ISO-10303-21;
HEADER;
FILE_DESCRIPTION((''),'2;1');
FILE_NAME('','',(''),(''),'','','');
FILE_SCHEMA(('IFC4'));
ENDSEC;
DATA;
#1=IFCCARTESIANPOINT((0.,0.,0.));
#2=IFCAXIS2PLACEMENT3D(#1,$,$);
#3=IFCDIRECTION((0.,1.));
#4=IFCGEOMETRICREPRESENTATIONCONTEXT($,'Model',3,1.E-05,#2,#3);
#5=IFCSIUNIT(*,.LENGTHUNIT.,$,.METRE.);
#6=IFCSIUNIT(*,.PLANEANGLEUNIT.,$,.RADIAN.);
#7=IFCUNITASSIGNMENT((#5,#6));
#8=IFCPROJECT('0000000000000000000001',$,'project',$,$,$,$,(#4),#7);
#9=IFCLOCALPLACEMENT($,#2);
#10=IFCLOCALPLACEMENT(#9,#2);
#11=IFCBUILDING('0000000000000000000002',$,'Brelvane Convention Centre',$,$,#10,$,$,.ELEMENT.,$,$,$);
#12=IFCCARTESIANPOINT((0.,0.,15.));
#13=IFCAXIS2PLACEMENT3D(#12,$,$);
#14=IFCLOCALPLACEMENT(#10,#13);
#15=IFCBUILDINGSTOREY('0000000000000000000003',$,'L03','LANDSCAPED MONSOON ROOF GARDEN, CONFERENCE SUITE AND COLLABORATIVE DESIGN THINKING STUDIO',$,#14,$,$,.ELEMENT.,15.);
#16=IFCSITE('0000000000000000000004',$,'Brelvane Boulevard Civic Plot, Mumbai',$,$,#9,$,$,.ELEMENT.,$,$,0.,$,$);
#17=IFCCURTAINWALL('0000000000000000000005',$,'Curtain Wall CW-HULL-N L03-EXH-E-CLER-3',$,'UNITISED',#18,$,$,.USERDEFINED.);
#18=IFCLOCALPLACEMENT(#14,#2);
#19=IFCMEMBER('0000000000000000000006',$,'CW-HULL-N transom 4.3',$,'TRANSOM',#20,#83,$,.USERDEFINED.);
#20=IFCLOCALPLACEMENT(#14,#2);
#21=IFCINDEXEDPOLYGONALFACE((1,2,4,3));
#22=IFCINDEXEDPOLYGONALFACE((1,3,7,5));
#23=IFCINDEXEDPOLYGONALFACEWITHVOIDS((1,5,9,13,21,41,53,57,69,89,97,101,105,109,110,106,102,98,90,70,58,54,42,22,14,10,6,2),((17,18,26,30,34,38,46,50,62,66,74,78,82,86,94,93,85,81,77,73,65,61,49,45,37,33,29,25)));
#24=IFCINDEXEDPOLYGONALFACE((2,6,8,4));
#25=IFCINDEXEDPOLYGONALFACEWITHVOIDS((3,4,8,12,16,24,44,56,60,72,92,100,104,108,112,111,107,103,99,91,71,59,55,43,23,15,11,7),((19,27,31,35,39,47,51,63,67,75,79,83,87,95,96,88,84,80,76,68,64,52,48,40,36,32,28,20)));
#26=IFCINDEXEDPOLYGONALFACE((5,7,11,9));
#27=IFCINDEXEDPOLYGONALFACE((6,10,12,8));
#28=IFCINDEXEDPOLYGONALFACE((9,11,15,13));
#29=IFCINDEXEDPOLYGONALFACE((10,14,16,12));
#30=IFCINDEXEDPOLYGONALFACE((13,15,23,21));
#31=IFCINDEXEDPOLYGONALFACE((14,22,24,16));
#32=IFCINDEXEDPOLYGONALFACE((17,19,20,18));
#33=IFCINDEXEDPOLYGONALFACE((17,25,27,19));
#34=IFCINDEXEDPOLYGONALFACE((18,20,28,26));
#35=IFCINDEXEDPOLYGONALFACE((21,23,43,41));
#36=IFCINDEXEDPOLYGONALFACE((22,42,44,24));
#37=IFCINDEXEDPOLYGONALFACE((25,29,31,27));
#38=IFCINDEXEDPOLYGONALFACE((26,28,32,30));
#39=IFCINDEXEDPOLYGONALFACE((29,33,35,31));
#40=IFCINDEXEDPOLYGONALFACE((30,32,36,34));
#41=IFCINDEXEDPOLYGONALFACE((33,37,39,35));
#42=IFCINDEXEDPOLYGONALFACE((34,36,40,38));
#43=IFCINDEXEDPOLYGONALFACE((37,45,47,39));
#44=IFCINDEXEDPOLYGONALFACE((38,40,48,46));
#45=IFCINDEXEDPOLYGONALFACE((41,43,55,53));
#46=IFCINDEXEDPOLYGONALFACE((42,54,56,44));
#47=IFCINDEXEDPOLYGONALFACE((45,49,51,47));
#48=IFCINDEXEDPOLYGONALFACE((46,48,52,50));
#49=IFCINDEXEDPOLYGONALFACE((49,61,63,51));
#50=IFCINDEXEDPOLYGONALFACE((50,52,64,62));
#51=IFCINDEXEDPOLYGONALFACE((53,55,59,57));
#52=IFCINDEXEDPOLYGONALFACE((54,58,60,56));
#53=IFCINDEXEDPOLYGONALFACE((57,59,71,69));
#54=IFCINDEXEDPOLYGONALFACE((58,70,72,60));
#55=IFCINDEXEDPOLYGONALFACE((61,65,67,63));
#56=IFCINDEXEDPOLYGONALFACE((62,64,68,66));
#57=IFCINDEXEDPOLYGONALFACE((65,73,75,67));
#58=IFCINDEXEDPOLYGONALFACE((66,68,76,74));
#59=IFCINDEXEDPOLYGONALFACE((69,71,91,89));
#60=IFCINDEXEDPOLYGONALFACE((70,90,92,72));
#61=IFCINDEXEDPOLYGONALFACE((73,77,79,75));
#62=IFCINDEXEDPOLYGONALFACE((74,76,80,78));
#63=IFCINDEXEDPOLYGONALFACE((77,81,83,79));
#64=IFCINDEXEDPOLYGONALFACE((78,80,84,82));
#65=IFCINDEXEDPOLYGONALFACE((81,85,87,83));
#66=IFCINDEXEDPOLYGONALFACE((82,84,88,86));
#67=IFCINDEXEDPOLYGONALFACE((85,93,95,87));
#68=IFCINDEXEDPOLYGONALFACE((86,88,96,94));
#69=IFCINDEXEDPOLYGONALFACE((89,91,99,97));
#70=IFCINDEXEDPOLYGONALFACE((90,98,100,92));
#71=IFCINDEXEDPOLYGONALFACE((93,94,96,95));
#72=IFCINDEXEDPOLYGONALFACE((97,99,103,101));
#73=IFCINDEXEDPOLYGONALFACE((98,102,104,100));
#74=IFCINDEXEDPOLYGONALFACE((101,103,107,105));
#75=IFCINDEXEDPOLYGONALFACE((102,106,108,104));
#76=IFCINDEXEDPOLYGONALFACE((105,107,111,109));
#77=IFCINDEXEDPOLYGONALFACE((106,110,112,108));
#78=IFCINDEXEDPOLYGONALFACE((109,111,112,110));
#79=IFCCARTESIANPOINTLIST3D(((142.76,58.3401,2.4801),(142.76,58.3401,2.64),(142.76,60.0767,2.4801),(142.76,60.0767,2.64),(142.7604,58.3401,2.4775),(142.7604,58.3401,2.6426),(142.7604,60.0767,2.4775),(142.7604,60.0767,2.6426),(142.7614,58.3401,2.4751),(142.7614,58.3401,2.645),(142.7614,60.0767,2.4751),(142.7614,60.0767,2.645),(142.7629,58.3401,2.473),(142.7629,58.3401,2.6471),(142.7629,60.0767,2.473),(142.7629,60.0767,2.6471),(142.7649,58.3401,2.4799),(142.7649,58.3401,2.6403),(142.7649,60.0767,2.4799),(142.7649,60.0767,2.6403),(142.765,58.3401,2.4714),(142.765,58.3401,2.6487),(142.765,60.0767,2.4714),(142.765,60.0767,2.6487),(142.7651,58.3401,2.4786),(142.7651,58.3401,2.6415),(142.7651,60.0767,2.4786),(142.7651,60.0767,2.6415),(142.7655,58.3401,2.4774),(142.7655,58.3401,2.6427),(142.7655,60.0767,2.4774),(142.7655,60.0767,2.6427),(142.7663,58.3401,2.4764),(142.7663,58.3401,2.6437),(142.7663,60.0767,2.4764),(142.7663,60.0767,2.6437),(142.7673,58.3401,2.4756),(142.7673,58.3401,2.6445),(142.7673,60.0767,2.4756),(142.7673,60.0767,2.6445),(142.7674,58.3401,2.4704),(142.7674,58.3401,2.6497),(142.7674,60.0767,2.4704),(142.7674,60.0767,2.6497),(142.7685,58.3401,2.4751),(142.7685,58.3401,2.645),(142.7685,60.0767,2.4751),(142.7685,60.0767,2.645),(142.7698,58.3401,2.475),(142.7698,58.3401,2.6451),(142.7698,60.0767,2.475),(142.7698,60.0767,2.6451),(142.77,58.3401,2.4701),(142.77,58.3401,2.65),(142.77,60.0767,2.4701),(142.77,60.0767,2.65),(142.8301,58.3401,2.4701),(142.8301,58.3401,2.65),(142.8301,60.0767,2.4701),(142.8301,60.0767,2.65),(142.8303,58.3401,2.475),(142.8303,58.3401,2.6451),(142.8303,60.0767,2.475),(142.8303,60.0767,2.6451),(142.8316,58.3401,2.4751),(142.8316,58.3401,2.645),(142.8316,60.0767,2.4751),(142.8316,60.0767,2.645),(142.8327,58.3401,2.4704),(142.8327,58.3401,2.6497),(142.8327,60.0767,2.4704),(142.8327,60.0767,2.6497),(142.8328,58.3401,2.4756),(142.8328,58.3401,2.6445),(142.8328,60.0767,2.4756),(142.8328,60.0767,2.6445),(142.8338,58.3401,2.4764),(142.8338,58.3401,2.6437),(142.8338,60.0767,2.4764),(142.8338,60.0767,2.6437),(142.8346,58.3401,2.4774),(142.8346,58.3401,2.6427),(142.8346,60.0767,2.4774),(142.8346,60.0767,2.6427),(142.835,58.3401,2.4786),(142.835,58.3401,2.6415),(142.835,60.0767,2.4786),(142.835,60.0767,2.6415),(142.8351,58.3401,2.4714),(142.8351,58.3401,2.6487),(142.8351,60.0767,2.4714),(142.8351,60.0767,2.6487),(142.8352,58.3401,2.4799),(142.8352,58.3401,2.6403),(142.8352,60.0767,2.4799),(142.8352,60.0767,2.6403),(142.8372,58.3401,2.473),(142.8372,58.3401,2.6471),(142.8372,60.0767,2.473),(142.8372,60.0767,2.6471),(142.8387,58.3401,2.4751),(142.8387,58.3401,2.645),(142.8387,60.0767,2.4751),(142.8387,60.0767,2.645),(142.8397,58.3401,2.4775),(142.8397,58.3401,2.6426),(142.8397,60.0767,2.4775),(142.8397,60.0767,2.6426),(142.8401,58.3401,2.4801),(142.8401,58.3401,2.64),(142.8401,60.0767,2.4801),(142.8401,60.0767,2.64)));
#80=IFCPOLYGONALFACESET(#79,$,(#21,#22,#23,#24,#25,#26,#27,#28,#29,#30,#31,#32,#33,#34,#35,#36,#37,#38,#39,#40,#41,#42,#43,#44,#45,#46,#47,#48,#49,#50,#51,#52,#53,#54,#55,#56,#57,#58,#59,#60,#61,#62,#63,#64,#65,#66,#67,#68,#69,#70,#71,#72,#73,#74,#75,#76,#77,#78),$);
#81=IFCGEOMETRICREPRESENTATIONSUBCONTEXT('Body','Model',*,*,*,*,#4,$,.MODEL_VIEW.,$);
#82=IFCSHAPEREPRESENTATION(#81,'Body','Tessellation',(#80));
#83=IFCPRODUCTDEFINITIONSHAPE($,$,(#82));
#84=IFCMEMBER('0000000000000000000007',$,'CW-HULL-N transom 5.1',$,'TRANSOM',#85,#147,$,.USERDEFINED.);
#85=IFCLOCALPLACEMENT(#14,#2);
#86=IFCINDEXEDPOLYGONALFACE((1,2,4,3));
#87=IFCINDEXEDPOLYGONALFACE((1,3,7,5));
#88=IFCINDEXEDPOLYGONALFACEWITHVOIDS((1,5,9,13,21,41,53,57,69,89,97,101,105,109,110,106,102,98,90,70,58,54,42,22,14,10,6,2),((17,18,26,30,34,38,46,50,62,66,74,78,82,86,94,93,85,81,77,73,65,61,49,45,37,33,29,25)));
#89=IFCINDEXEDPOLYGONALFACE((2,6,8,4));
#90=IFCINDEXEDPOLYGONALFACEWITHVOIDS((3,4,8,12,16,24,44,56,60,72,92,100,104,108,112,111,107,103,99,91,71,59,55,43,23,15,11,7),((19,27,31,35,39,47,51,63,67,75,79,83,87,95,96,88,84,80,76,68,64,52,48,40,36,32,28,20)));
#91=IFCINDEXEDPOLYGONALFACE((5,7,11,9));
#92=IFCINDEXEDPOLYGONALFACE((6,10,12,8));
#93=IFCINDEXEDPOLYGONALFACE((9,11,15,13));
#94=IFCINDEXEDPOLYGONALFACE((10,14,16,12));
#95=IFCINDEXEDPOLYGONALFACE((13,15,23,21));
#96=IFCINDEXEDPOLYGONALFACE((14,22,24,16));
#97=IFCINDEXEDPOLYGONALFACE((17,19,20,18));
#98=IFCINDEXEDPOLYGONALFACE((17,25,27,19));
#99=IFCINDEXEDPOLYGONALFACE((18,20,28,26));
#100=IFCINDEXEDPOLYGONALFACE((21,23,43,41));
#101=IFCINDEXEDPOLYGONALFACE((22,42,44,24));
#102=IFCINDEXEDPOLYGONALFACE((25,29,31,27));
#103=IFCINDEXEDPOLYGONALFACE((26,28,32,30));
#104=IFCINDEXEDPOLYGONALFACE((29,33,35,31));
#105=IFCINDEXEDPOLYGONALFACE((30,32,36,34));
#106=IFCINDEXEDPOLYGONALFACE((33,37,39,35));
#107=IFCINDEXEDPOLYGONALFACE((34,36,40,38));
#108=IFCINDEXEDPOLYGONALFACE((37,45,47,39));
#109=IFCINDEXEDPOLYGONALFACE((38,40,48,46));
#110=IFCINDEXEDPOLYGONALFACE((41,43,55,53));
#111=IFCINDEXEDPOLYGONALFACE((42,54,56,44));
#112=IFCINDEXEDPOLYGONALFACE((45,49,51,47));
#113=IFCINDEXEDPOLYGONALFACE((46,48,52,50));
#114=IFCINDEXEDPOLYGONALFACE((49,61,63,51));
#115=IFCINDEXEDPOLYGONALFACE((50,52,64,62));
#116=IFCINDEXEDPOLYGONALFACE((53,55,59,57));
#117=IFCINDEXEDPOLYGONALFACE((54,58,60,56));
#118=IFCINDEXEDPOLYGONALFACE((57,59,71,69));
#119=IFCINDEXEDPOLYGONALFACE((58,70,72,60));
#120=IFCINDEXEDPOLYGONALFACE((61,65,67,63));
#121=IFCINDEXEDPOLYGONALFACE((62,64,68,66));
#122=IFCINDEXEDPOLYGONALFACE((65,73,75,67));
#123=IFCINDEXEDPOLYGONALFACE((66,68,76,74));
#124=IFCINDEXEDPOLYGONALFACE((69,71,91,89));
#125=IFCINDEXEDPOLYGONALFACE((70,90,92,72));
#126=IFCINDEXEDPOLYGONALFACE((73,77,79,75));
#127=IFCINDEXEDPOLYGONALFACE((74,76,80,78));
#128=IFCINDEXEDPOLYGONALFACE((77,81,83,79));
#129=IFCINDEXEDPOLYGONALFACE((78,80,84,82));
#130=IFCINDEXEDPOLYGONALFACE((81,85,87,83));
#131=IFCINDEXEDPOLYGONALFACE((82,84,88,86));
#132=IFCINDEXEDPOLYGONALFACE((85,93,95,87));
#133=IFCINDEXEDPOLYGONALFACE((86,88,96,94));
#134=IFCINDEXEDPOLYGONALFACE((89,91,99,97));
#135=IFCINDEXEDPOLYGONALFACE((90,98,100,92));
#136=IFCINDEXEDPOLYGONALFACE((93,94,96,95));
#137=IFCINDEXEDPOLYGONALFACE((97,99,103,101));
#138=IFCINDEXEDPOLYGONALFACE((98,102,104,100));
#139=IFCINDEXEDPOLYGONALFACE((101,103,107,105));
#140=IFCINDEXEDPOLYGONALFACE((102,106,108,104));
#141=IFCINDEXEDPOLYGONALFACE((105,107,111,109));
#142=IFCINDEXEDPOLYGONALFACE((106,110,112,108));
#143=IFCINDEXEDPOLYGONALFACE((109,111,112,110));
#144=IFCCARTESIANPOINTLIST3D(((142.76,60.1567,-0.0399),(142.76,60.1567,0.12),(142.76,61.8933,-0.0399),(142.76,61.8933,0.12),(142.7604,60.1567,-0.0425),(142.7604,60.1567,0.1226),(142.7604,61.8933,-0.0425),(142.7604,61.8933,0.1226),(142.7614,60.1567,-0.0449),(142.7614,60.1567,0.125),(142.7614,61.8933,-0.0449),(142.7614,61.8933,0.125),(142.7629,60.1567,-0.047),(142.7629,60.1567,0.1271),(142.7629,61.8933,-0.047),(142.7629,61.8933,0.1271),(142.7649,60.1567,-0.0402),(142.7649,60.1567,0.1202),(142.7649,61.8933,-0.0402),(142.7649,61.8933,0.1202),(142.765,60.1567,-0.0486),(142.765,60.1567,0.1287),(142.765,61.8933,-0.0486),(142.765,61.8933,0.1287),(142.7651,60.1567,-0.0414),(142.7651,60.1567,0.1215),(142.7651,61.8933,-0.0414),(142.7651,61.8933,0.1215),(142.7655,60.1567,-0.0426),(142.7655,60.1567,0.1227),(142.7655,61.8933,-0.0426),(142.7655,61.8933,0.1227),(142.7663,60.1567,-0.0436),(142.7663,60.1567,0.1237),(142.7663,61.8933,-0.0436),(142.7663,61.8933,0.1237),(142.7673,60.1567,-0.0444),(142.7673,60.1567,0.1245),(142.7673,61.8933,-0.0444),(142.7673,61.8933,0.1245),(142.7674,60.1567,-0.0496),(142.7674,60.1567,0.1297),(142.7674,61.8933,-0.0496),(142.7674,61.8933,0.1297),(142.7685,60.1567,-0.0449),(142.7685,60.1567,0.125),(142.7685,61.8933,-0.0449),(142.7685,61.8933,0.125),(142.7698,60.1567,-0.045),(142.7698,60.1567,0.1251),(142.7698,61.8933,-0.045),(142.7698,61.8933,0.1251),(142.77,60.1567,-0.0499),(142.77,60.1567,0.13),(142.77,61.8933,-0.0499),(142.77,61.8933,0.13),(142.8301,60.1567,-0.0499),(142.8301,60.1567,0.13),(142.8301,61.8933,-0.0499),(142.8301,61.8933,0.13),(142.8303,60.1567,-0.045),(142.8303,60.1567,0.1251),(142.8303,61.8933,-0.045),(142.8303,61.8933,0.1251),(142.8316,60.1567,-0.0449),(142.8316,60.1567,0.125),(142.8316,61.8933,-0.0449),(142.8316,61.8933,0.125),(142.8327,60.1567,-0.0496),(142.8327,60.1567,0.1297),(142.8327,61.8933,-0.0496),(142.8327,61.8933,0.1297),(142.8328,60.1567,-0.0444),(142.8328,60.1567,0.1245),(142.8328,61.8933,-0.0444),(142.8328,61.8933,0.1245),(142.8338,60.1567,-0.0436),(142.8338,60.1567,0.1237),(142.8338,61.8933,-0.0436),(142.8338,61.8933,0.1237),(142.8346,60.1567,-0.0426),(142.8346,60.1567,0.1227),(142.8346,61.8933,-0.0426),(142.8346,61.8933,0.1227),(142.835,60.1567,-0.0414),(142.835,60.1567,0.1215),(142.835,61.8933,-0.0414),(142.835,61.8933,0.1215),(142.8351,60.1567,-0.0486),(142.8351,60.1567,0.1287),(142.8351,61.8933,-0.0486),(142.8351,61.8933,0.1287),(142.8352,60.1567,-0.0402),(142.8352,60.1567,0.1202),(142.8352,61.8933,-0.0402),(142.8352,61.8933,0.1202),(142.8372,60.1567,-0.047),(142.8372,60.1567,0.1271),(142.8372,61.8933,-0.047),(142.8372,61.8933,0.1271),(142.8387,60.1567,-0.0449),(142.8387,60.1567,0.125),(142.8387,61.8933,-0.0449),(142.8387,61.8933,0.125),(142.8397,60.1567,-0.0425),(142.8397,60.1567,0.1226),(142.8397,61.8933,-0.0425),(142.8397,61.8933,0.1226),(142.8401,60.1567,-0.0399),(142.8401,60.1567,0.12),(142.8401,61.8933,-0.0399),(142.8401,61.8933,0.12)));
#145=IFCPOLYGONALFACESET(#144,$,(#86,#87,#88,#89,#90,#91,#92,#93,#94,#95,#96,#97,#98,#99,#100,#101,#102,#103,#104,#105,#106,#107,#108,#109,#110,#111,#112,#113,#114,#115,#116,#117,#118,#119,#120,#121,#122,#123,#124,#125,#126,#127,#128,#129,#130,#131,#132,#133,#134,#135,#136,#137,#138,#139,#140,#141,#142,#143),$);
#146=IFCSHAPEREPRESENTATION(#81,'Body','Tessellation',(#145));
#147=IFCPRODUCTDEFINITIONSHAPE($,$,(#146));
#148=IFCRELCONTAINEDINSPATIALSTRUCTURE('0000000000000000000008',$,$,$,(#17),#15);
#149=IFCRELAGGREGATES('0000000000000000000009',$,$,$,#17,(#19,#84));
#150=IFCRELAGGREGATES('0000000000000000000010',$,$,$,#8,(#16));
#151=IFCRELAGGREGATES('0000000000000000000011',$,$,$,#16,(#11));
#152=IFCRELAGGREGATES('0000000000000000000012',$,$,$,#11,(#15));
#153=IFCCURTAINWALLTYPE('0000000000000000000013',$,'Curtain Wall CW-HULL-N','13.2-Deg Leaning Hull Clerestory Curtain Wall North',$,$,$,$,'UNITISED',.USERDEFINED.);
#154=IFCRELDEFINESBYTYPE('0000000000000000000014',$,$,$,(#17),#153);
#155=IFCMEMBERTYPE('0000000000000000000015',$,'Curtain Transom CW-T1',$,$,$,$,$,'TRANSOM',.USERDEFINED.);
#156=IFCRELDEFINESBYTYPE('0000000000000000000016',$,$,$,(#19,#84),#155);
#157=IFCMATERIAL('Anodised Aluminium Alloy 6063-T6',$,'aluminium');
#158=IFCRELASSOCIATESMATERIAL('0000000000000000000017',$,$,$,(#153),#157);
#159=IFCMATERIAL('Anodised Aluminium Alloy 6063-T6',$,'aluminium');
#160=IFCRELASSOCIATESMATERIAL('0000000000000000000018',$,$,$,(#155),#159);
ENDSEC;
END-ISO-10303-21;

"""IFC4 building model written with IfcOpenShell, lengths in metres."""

from ifc_helpers import new_model, si_unit, direction, frame, origin, origin_2d, place, context, subcontext, project, spatial, hollow_rectangle, extrude, material, material_profile, profile_set, type_object, element, aggregate, save


model = new_model("IFC4")

# Units and contexts
model_context = context("Model", 3, precision=1e-05, world=origin(), true_north=direction((0.0, 1.0)))
body_context = subcontext(model_context, "Body", "Model", "MODEL_VIEW")
ifc_project = project(units=[si_unit("LENGTHUNIT", "METRE"), si_unit("PLANEANGLEUNIT", "RADIAN")], contexts=[model_context])

# Site, building, storey
site_placement = place(None, origin())
site = spatial("IfcSite", under=ifc_project, at=site_placement, Name="Brelvane Boulevard Civic Plot, Mumbai", CompositionType="ELEMENT", RefElevation=0.0)
building_placement = place(site_placement, origin())
building = spatial("IfcBuilding", under=site, at=building_placement, Name="Brelvane Convention Centre", CompositionType="ELEMENT")
storey_placement = place(building_placement, frame((0.0, 0.0, 15.0)))
storey = spatial("IfcBuildingStorey", under=building, at=storey_placement, Name="L03", Description="LANDSCAPED MONSOON ROOF GARDEN, CONFERENCE SUITE AND COLLABORATIVE DESIGN THINKING STUDIO", CompositionType="ELEMENT", Elevation=15.0)

# Curtain wall
ifc_material_1 = material(Name="Anodised Aluminium Alloy 6063-T6", Category="aluminium")
curtain_wall_type = type_object("IfcCurtainWallType", Name="Curtain Wall CW-HULL-N", Description="13.2-Deg Leaning Hull Clerestory Curtain Wall North", ElementType="UNITISED", PredefinedType="USERDEFINED", material=ifc_material_1)
curtain_wall_1_placement = place(storey_placement, origin())
curtain_wall_1 = element("IfcCurtainWall", 1, at=curtain_wall_1_placement, inside=storey, type_object=curtain_wall_type, Name="Curtain Wall CW-HULL-N L03-EXH-E-CLER-3", ObjectType="UNITISED", PredefinedType="USERDEFINED")

# Members
ifc_material_2 = material(Name="Anodised Aluminium Alloy 6063-T6", Category="aluminium")
ifc_material_profile_1 = material_profile(ifc_material_2, hollow_rectangle(XDim=0.0801, YDim=0.1799, WallThickness=0.0049, InnerFilletRadius=0.0049, OuterFilletRadius=0.01, at=origin_2d()), Name="ALU-T 180x80x5.0")
ifc_profile_set_1 = profile_set([ifc_material_profile_1], Name="Anodised Aluminium Alloy 6063-T6")
member_type_1 = type_object("IfcMemberType", Name="Curtain Transom CW-T1", ElementType="TRANSOM", PredefinedType="USERDEFINED", material=ifc_profile_set_1)
member_1_placement = place(storey_placement, frame((142.8, 58.3401, 2.5601), z_axis=(0.0, 1.0, 0.0), x_axis=(-1.0, 0.0, 0.0)))
member_1 = element("IfcMember", 2, at=member_1_placement, type_object=member_type_1, Name="CW-HULL-N transom 4.3", ObjectType="TRANSOM", PredefinedType="USERDEFINED", context=body_context, shape_type="SweptSolid", body=[
    extrude(hollow_rectangle(XDim=0.0801, YDim=0.1799, WallThickness=0.0049, InnerFilletRadius=0.0049, OuterFilletRadius=0.01, at=origin_2d()), origin(), (0.0, 0.0, 1.0), 1.7366),
])
member_2_placement = place(storey_placement, frame((142.8, 60.1567, 0.04), z_axis=(0.0, 1.0, 0.0), x_axis=(-1.0, 0.0, 0.0)))
member_2 = element("IfcMember", 3, at=member_2_placement, type_object=member_type_1, Name="CW-HULL-N transom 5.1", ObjectType="TRANSOM", PredefinedType="USERDEFINED", context=body_context, shape_type="SweptSolid", body=[
    extrude(hollow_rectangle(XDim=0.0801, YDim=0.1799, WallThickness=0.0049, InnerFilletRadius=0.0049, OuterFilletRadius=0.01, at=origin_2d()), origin(), (0.0, 0.0, 1.0), 1.7366),
])

aggregate(curtain_wall_1, [member_1, member_2])

save(model, "model.ifc")
